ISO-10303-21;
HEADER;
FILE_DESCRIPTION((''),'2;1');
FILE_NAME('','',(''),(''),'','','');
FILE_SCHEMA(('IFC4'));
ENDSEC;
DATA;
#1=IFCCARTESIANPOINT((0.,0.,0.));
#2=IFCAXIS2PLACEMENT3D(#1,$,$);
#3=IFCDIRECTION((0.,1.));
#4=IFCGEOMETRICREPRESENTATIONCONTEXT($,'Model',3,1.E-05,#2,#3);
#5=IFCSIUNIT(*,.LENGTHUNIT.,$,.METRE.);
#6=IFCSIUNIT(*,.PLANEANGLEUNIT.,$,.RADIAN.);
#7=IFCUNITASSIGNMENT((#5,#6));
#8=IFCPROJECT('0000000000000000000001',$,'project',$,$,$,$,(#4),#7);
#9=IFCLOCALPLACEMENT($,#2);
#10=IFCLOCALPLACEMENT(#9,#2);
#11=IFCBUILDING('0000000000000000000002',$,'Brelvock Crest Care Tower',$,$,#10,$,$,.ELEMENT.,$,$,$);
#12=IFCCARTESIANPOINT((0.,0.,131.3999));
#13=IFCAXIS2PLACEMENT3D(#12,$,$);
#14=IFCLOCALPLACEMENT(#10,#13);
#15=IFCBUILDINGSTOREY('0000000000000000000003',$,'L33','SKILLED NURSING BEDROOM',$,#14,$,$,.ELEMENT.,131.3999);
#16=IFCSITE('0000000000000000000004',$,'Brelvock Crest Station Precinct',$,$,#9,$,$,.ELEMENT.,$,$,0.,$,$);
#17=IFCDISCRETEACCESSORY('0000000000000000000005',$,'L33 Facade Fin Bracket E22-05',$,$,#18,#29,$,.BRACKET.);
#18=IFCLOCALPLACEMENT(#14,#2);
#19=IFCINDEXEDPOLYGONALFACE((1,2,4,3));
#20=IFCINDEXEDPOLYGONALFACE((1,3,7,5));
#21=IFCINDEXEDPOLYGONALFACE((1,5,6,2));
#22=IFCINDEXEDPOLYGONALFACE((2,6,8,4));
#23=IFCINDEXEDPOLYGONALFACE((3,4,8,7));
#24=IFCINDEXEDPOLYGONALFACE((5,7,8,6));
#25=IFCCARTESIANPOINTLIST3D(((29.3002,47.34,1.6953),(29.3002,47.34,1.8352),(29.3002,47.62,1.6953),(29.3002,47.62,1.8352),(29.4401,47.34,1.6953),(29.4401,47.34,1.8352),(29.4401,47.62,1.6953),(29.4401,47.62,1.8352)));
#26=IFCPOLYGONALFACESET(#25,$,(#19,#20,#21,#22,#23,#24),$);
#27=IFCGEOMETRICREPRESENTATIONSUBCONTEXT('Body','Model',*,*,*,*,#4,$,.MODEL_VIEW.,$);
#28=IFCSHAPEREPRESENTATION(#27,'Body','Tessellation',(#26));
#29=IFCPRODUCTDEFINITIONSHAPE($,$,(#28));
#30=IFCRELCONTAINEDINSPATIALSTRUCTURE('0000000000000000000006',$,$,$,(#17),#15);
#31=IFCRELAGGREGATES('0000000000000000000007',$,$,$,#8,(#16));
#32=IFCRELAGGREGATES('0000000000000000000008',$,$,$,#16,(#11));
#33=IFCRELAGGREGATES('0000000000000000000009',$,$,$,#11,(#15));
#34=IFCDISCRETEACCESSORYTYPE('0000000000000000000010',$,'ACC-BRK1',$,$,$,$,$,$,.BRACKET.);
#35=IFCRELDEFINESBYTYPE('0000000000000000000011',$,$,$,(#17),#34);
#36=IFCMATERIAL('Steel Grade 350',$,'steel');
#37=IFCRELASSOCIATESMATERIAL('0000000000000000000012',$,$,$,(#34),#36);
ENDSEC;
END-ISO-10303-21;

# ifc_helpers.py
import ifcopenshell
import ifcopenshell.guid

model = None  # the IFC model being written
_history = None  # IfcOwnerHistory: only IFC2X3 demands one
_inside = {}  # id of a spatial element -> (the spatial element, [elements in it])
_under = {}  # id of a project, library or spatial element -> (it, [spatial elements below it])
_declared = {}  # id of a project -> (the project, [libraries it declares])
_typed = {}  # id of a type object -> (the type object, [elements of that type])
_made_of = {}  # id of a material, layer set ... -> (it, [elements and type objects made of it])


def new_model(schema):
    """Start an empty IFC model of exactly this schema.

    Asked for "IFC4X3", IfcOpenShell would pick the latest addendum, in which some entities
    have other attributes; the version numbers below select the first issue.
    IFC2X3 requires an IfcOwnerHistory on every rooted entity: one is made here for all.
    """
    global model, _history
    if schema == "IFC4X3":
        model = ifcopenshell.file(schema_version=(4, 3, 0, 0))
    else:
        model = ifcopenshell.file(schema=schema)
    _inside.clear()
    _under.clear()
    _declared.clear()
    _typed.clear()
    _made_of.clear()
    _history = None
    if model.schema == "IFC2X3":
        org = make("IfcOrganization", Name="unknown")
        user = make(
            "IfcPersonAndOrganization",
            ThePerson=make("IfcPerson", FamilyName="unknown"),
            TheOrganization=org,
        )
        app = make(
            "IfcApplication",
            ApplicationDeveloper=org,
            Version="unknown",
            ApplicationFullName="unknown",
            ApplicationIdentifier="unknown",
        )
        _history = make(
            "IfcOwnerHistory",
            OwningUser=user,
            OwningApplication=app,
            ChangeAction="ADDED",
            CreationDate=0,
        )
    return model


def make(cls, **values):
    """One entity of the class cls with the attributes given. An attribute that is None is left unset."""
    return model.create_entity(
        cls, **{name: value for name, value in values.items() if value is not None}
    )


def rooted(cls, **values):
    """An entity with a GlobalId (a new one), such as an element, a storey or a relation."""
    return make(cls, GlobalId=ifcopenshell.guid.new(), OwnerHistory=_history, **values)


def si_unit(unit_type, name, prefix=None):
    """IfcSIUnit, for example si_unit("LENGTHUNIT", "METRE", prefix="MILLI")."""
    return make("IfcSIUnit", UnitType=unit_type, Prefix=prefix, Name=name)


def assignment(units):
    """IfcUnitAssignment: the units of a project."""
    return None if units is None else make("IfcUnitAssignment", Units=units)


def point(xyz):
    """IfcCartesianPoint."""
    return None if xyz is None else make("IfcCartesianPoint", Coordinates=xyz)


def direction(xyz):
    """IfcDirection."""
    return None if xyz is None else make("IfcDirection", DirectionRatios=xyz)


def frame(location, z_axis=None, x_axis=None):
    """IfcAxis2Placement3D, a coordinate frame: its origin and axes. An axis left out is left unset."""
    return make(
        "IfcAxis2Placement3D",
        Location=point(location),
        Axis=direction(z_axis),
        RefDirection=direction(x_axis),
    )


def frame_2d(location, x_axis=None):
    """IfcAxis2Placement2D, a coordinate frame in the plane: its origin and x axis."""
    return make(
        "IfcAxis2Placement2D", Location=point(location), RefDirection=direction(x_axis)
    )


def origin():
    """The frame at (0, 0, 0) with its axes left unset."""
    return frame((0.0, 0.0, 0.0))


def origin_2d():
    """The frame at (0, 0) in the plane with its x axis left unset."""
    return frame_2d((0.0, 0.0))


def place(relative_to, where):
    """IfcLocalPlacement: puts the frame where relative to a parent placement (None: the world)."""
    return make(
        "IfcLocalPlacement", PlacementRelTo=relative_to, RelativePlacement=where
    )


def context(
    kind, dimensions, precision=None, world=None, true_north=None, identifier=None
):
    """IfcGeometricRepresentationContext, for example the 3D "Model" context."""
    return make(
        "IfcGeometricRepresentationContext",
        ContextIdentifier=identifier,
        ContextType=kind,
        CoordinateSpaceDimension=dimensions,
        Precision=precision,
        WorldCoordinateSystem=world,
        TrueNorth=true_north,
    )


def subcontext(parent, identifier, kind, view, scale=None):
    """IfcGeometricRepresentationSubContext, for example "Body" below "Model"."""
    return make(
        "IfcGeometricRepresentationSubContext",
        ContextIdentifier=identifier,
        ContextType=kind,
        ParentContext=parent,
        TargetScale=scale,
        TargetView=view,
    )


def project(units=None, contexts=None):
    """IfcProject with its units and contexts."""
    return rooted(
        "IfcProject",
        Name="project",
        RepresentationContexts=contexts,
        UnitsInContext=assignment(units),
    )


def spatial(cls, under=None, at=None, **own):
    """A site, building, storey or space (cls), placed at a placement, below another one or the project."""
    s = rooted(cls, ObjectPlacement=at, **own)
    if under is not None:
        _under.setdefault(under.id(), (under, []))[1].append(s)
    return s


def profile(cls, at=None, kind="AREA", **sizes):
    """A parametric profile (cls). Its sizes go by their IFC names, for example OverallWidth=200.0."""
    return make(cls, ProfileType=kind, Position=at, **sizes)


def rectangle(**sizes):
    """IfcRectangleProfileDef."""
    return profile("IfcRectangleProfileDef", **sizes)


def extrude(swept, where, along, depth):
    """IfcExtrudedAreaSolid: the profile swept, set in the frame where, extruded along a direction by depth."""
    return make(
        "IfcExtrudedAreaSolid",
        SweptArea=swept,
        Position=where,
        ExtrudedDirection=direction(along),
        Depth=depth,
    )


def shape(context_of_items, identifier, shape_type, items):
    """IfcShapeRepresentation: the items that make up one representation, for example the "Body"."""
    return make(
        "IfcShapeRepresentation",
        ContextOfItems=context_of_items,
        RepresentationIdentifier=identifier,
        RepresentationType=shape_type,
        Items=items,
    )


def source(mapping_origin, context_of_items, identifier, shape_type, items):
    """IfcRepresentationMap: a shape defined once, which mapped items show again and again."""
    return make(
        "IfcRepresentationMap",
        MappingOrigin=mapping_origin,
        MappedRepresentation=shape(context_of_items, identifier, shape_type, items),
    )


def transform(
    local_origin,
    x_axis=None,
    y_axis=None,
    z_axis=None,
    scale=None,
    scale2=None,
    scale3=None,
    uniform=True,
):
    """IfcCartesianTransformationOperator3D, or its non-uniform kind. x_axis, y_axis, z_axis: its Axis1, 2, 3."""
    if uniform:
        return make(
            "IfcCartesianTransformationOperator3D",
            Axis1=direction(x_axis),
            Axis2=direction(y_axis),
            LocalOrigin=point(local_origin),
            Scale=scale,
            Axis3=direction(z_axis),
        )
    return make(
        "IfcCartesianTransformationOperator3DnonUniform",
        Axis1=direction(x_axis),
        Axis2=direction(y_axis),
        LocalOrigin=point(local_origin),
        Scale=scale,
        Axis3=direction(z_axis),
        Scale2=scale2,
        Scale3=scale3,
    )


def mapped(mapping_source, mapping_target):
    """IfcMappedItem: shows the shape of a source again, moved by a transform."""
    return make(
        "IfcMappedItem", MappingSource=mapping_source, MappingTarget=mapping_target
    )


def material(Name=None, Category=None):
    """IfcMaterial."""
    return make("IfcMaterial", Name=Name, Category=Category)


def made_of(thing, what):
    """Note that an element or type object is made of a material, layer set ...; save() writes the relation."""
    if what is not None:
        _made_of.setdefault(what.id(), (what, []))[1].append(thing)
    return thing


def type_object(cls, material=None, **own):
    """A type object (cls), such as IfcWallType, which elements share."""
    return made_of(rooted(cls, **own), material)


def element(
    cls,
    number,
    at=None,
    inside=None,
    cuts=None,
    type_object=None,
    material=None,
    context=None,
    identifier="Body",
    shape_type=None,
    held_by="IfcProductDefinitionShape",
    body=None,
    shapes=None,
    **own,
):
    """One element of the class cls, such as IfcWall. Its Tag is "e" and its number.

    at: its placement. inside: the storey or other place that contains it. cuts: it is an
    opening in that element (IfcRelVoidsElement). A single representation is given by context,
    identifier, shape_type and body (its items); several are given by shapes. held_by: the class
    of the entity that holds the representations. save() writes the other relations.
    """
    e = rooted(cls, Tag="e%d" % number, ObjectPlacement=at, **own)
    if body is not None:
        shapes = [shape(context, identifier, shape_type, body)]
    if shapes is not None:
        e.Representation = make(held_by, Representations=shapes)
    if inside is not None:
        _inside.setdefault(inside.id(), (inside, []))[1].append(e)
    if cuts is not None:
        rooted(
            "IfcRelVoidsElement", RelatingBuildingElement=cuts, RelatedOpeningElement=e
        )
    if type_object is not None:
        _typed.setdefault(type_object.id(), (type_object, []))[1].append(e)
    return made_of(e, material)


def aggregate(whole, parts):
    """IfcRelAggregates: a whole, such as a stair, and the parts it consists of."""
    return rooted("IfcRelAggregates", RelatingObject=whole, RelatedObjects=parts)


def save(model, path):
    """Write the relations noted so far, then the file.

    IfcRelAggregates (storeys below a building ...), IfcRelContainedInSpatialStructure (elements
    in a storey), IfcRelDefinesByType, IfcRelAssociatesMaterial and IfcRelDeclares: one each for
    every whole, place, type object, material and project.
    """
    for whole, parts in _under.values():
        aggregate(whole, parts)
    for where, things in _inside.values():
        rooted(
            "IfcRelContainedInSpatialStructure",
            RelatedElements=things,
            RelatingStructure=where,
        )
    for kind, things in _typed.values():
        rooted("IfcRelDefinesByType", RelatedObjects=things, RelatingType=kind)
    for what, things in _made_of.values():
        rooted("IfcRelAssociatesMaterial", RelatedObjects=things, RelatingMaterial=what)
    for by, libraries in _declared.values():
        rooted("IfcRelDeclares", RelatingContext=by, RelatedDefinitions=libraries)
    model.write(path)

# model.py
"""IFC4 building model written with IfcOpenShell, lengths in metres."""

from ifc_helpers import new_model, si_unit, direction, frame, origin, origin_2d, place, context, subcontext, project, spatial, rectangle, extrude, source, transform, mapped, material, type_object, element, save


model = new_model("IFC4")

# Units and contexts
model_context = context("Model", 3, precision=1e-05, world=origin(), true_north=direction((0.0, 1.0)))
body_context = subcontext(model_context, "Body", "Model", "MODEL_VIEW")
ifc_project = project(units=[si_unit("LENGTHUNIT", "METRE"), si_unit("PLANEANGLEUNIT", "RADIAN")], contexts=[model_context])

# Site, building, storey
site_placement = place(None, origin())
site = spatial("IfcSite", under=ifc_project, at=site_placement, Name="Brelvock Crest Station Precinct", CompositionType="ELEMENT", RefElevation=0.0)
building_placement = place(site_placement, origin())
building = spatial("IfcBuilding", under=site, at=building_placement, Name="Brelvock Crest Care Tower", CompositionType="ELEMENT")
storey_placement = place(building_placement, frame((0.0, 0.0, 131.3999)))
storey = spatial("IfcBuildingStorey", under=building, at=storey_placement, Name="L33", Description="SKILLED NURSING BEDROOM", CompositionType="ELEMENT", Elevation=131.3999)

# Shared definitions
ifc_material_1 = material(Name="Steel Grade 350", Category="steel")

# Discrete accessory
discrete_accessory_type = type_object("IfcDiscreteAccessoryType", Name="ACC-BRK1", PredefinedType="BRACKET", material=ifc_material_1)
shared_shape_1 = source(origin(), body_context, "Body", "SweptSolid", [
    extrude(rectangle(XDim=0.28, YDim=0.1399, at=origin_2d()), origin(), (0.0, 0.0, 1.0), 0.1399),
])
for number, where, z_axis, x_axis, name in (
    (1, (29.3701, 47.48, 1.6953), (0.0, 0.0, 1.0), (0.0, 1.0, 0.0), "L33 Facade Fin Bracket E22-05"),
):
    element("IfcDiscreteAccessory", number, at=place(storey_placement, frame(where, z_axis=z_axis, x_axis=x_axis)), inside=storey, type_object=discrete_accessory_type, Name=name, PredefinedType="BRACKET", context=body_context, shape_type="MappedRepresentation", body=[
        mapped(shared_shape_1, transform((0.0, 0.0, 0.0), x_axis=(1.0, 0.0, 0.0), y_axis=(0.0, 1.0, 0.0), z_axis=(0.0, 0.0, 1.0), scale=1.0)),
    ])

save(model, "model.ifc")
